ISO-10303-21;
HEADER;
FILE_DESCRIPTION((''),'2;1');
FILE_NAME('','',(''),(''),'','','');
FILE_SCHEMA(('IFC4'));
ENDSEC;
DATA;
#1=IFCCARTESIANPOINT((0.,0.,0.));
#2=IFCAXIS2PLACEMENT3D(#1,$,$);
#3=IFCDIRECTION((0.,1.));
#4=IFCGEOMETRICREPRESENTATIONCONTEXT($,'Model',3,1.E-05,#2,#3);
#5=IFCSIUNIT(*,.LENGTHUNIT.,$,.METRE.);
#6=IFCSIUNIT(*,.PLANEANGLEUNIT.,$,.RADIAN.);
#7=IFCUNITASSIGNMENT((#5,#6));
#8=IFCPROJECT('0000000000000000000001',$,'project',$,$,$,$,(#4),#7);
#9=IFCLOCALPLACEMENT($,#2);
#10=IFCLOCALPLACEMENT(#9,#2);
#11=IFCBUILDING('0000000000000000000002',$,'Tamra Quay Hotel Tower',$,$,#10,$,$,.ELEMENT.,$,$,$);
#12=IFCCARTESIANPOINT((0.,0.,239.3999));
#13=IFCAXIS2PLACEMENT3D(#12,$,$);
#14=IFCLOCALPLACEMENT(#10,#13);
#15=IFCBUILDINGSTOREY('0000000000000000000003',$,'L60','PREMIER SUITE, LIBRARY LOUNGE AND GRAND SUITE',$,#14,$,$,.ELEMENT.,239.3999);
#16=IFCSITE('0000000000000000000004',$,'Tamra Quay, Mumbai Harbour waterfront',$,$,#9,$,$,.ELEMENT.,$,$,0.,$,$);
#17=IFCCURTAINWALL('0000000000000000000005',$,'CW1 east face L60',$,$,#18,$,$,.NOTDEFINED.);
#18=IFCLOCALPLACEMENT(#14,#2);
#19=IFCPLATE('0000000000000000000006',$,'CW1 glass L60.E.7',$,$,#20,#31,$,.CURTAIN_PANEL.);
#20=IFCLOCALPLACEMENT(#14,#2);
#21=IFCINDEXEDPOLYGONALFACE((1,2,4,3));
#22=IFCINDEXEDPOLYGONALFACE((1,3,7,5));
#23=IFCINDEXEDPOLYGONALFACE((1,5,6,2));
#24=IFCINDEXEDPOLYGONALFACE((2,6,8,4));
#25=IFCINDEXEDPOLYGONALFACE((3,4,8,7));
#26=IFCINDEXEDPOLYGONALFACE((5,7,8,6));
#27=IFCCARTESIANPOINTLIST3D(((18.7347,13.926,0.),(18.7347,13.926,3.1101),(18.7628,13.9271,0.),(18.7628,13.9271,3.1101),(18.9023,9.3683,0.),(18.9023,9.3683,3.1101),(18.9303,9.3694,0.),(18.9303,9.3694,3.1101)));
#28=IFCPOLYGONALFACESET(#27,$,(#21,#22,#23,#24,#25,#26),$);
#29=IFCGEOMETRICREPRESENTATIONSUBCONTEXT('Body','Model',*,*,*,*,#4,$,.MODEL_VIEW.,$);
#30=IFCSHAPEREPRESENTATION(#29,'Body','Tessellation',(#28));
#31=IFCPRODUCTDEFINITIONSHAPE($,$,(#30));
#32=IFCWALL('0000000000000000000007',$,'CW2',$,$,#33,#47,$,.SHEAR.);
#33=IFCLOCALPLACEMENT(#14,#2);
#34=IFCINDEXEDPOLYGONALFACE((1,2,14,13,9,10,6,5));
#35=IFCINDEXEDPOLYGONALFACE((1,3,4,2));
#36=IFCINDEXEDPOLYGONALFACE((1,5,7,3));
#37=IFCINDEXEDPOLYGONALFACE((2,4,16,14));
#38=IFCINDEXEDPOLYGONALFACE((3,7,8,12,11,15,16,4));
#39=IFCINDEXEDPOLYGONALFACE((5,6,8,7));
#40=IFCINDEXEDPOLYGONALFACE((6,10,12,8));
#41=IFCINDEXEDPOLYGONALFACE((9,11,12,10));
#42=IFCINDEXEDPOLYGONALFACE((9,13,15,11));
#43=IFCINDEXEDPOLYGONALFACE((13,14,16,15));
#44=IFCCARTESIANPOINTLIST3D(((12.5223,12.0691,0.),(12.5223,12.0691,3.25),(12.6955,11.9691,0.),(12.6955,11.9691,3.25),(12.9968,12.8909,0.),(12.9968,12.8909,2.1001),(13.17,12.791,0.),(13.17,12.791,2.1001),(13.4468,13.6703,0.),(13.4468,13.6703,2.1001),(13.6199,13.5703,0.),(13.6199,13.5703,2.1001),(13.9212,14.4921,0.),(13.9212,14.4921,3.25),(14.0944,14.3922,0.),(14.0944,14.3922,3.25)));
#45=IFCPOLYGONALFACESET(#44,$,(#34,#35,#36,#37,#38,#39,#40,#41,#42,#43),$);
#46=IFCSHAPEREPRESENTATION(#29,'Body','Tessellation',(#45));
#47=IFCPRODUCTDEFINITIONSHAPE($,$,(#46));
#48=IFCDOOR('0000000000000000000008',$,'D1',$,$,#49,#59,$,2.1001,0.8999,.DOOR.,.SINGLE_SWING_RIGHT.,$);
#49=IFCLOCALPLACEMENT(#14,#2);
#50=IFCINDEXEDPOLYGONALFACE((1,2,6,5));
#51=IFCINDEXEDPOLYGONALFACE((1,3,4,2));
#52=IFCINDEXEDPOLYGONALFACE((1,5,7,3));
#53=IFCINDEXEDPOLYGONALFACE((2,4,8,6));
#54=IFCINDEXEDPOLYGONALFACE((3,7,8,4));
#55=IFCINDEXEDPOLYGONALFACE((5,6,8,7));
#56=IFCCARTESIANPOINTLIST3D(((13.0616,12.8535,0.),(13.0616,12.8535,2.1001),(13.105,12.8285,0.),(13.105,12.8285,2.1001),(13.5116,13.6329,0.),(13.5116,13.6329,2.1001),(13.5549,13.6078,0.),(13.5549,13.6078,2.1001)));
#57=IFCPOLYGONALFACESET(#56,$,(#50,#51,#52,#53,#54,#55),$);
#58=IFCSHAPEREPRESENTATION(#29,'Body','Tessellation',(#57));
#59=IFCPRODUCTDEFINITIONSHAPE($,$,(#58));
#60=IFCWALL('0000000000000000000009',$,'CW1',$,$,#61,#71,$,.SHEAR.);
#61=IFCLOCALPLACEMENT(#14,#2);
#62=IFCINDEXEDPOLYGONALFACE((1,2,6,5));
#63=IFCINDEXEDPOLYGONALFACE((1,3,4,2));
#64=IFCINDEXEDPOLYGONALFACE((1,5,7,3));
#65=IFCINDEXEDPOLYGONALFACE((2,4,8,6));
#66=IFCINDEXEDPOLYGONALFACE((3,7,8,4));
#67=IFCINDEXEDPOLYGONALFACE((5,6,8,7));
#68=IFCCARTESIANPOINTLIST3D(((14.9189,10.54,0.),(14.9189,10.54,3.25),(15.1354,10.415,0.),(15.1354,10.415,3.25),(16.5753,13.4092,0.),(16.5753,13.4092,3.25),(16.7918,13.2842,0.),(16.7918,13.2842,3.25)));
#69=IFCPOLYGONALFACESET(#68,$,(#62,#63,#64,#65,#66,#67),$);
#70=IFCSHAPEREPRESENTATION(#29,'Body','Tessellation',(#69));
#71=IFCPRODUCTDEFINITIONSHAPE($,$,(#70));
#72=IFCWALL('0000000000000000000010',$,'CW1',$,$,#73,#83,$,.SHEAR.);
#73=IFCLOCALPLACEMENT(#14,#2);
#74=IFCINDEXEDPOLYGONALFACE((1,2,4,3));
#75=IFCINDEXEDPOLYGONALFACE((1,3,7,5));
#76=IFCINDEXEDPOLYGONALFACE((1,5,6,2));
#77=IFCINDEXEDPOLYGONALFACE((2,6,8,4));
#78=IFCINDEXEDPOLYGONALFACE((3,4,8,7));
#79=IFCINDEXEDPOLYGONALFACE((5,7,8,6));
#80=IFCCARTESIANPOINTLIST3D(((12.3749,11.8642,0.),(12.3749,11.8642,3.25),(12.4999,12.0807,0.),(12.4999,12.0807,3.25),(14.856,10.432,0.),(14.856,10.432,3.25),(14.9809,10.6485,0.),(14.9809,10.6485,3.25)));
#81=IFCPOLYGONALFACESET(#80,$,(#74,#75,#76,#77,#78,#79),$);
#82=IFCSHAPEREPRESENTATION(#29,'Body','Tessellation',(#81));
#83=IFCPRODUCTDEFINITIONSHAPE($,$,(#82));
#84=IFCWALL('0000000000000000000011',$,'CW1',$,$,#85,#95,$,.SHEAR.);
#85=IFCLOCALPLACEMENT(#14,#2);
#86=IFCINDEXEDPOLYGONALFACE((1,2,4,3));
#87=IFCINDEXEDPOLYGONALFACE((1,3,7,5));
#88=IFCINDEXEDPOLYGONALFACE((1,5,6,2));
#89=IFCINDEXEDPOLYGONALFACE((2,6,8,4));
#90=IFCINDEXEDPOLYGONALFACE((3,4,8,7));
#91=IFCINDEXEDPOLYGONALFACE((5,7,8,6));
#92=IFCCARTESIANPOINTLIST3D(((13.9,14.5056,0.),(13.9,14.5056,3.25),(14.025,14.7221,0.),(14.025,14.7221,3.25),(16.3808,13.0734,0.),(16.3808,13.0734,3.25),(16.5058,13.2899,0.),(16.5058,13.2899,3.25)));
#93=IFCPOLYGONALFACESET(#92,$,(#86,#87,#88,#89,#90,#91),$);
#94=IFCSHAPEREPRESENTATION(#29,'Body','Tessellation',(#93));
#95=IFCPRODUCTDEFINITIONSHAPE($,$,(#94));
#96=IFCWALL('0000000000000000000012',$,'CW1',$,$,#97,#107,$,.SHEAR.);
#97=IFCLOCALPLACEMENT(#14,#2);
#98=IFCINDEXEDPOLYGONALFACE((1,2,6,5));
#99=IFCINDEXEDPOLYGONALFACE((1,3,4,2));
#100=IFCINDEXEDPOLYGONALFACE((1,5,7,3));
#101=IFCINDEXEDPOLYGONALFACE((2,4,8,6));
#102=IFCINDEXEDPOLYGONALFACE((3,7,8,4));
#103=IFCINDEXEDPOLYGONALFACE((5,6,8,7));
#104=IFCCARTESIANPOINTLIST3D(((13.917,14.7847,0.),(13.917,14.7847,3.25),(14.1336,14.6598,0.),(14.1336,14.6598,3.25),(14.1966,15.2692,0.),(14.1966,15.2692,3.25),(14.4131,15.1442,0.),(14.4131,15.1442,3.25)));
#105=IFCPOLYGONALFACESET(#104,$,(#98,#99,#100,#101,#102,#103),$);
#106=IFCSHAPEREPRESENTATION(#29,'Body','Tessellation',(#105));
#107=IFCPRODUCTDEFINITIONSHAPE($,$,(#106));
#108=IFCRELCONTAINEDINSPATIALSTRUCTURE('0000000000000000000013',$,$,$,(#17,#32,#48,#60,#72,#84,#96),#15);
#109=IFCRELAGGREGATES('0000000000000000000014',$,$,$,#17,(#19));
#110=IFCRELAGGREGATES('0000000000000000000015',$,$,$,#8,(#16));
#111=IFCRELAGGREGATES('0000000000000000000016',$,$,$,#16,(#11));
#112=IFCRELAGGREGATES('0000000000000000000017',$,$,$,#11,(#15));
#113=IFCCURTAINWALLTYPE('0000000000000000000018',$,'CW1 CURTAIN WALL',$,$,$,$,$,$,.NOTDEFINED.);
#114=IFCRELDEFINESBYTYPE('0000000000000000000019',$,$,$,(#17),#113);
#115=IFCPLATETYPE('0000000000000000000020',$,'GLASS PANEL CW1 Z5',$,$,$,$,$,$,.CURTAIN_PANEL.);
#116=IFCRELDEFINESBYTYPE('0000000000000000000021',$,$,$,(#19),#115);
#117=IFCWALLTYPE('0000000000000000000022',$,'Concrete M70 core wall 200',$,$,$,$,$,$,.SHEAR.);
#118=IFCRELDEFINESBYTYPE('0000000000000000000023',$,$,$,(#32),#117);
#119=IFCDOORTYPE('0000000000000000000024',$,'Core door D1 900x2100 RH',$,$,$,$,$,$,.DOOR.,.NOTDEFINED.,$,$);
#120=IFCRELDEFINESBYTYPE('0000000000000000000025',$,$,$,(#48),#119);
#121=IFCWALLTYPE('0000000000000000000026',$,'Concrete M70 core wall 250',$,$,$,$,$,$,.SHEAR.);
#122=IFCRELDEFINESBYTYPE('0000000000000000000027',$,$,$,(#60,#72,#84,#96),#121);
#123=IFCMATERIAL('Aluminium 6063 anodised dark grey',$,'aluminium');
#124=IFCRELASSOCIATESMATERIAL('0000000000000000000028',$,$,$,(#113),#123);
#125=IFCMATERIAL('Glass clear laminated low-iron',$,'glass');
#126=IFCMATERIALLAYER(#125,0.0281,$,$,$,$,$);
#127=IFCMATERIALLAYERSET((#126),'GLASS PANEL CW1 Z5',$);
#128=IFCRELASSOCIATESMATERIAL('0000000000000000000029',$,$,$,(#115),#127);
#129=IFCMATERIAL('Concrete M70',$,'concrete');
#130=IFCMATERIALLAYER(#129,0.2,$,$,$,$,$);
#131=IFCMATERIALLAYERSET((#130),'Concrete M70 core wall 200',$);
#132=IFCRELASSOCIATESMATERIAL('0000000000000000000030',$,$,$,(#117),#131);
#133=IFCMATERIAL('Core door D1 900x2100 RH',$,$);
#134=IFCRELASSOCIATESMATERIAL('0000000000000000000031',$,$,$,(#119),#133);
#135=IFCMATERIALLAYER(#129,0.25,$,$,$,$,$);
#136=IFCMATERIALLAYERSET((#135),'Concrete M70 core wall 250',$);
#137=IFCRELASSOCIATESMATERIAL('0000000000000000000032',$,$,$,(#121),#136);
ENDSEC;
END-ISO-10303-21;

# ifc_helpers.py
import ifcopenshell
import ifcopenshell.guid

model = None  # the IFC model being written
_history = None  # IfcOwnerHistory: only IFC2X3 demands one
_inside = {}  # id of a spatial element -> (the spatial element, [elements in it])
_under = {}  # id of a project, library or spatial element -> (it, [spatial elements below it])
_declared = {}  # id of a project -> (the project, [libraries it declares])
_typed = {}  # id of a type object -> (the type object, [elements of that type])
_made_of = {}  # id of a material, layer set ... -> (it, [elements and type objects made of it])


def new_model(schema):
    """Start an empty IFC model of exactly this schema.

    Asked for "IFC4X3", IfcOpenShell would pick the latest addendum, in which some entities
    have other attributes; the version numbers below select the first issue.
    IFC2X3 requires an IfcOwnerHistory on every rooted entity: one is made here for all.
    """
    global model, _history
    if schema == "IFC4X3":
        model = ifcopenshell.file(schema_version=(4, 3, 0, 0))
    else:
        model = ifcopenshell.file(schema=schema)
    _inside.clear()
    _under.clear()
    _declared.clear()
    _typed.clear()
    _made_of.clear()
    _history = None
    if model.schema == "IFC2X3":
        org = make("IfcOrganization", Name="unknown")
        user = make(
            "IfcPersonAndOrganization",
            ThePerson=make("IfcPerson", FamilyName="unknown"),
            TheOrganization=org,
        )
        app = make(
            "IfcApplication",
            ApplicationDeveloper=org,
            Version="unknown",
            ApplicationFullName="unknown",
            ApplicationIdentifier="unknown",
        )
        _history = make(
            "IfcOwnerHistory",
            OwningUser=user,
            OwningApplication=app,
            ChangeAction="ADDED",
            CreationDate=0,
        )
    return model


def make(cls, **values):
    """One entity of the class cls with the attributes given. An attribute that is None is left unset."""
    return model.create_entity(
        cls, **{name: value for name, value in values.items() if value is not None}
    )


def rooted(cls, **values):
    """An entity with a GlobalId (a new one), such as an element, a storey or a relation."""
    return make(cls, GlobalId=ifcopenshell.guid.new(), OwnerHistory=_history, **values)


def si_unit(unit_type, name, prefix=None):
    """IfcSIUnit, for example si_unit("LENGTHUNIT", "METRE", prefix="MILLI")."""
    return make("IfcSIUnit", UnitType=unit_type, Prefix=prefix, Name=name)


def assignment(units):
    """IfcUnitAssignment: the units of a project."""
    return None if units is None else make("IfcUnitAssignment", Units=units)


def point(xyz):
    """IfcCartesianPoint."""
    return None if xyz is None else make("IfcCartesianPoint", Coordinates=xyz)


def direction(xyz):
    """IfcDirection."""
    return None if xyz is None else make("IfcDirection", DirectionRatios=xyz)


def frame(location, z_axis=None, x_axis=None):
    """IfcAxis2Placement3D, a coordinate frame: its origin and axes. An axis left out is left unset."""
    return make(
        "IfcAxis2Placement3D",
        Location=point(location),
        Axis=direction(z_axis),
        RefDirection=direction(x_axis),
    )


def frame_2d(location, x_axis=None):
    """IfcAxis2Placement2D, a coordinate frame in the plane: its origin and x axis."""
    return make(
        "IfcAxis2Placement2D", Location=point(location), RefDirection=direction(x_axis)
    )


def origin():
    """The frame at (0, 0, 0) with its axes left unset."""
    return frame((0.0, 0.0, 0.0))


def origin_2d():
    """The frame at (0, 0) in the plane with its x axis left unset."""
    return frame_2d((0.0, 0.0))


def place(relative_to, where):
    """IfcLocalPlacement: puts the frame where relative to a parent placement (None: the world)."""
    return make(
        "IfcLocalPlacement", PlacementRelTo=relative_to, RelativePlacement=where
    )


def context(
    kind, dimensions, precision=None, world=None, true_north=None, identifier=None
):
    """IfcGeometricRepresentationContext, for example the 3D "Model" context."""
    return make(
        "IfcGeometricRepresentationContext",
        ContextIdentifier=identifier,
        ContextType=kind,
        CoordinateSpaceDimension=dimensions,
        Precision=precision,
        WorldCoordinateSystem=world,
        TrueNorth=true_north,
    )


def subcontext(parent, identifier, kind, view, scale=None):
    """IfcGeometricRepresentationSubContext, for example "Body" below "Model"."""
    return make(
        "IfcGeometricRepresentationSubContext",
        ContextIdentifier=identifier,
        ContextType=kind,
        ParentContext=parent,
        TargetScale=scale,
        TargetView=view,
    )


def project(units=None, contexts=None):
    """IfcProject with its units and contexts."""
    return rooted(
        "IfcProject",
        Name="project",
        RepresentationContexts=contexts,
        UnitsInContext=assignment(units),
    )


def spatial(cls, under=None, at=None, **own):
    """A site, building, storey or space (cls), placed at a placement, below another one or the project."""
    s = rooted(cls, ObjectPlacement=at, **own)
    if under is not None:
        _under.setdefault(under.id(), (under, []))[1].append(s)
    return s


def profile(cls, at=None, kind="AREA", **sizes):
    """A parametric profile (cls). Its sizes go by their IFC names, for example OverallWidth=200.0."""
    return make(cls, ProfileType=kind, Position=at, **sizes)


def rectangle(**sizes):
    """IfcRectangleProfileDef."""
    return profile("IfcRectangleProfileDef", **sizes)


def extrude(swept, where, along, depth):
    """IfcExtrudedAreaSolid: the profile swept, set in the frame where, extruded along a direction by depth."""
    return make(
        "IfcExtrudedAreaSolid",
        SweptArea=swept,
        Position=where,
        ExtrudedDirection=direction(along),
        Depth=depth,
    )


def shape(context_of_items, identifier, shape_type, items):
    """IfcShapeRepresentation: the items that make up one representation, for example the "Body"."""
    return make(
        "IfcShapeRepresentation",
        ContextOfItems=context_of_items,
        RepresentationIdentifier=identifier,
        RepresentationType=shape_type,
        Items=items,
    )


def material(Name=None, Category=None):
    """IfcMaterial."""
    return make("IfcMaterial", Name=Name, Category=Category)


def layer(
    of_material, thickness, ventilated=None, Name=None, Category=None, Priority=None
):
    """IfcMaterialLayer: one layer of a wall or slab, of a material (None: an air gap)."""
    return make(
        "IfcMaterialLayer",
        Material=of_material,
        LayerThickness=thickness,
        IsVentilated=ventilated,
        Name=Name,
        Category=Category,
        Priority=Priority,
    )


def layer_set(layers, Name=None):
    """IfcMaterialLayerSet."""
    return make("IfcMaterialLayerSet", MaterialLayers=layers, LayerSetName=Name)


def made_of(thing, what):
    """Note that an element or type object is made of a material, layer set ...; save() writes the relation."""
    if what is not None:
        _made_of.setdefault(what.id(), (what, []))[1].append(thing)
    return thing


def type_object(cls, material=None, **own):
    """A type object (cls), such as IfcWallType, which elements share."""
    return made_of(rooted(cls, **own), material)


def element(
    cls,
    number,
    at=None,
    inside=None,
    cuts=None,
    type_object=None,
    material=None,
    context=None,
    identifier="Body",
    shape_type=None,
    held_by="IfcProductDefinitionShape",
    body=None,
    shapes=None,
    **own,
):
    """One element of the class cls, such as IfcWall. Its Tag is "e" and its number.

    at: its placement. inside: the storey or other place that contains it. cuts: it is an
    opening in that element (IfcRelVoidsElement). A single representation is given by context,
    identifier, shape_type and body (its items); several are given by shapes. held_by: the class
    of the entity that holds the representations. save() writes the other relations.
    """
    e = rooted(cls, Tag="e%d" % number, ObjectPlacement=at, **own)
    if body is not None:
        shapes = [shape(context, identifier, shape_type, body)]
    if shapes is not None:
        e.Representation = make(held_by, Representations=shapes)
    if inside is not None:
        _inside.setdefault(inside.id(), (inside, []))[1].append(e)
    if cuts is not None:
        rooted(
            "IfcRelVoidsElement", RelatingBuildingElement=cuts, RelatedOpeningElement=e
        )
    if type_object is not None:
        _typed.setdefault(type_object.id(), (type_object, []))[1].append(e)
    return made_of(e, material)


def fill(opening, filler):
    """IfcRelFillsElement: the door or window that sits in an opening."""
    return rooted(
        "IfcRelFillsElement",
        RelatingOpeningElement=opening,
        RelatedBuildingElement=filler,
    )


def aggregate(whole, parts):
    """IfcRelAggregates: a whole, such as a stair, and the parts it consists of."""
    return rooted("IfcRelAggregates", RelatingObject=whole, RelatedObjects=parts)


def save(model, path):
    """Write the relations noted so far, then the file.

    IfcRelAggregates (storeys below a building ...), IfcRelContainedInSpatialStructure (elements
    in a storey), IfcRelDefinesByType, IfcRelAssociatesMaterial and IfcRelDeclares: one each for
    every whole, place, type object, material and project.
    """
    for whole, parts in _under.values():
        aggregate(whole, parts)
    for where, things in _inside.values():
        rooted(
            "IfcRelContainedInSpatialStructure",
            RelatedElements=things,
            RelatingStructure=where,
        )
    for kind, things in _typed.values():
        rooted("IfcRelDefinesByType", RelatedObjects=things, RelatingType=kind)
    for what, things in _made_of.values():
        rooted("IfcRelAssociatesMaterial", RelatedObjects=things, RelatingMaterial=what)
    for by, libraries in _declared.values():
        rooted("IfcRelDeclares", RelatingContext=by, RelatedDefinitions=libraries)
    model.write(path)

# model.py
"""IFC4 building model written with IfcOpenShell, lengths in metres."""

from ifc_helpers import new_model, si_unit, direction, frame, frame_2d, origin, origin_2d, place, context, subcontext, project, spatial, rectangle, extrude, material, layer, layer_set, type_object, element, fill, aggregate, save


model = new_model("IFC4")

# Units and contexts
model_context = context("Model", 3, precision=1e-05, world=origin(), true_north=direction((0.0, 1.0)))
body_context = subcontext(model_context, "Body", "Model", "MODEL_VIEW")
ifc_project = project(units=[si_unit("LENGTHUNIT", "METRE"), si_unit("PLANEANGLEUNIT", "RADIAN")], contexts=[model_context])

# Site, building, storey
site_placement = place(None, origin())
site = spatial("IfcSite", under=ifc_project, at=site_placement, Name="Tamra Quay, Mumbai Harbour waterfront", CompositionType="ELEMENT", RefElevation=0.0)
building_placement = place(site_placement, origin())
building = spatial("IfcBuilding", under=site, at=building_placement, Name="Tamra Quay Hotel Tower", CompositionType="ELEMENT")
storey_placement = place(building_placement, frame((0.0, 0.0, 239.3999)))
storey = spatial("IfcBuildingStorey", under=building, at=storey_placement, Name="L60", Description="PREMIER SUITE, LIBRARY LOUNGE AND GRAND SUITE", CompositionType="ELEMENT", Elevation=239.3999)

# Shared definitions
ifc_material_1 = material(Name="Concrete M70", Category="concrete")

# Curtain wall
ifc_material_2 = material(Name="Aluminium 6063 anodised dark grey", Category="aluminium")
curtain_wall_type = type_object("IfcCurtainWallType", Name="CW1 CURTAIN WALL", PredefinedType="NOTDEFINED", material=ifc_material_2)
curtain_wall_placement = place(storey_placement, origin())
curtain_wall = element("IfcCurtainWall", 1, at=curtain_wall_placement, inside=storey, type_object=curtain_wall_type, Name="CW1 east face L60", PredefinedType="NOTDEFINED")

# Plate
ifc_material_3 = material(Name="Glass clear laminated low-iron", Category="glass")
ifc_layer_1 = layer(ifc_material_3, 0.0281)
ifc_layer_set_1 = layer_set([ifc_layer_1], Name="GLASS PANEL CW1 Z5")
plate_type = type_object("IfcPlateType", Name="GLASS PANEL CW1 Z5", PredefinedType="CURTAIN_PANEL", material=ifc_layer_set_1)
plate_1_placement = place(storey_placement, frame((18.8325, 11.6477, 0.0), z_axis=(0.0, 0.0, 1.0), x_axis=(-0.036744, 0.999325, 0.0)))
plate_1 = element("IfcPlate", 2, at=plate_1_placement, type_object=plate_type, Name="CW1 glass L60.E.7", PredefinedType="CURTAIN_PANEL", context=body_context, shape_type="SweptSolid", body=[
    extrude(rectangle(XDim=4.5608, YDim=0.0281, at=origin_2d()), origin(), (0.0, 0.0, 1.0), 3.1101),
])
aggregate(curtain_wall, [plate_1])

# Wall, opening, door
ifc_layer_2 = layer(ifc_material_1, 0.2)
ifc_layer_set_2 = layer_set([ifc_layer_2], Name="Concrete M70 core wall 200")
wall_type_1 = type_object("IfcWallType", Name="Concrete M70 core wall 200", PredefinedType="SHEAR", material=ifc_layer_set_2)
wall_1_placement = place(storey_placement, frame((14.0078, 14.4421, 0.0), z_axis=(0.0, 0.0, 1.0), x_axis=(-0.499987, -0.866033, 0.0)))
wall_1 = element("IfcWall", 3, at=wall_1_placement, inside=storey, type_object=wall_type_1, Name="CW2", PredefinedType="SHEAR", context=body_context, shape_type="SweptSolid", body=[
    extrude(rectangle(XDim=2.7979, YDim=0.2, at=frame_2d((1.3989, 0.0))), origin(), (0.0, 0.0, 1.0), 3.25),
])
opening_placement = place(wall_1_placement, frame((0.949, 0.0, 0.0)))
opening = element("IfcOpeningElement", 4, at=opening_placement, cuts=wall_1, PredefinedType="OPENING", context=body_context, shape_type="SweptSolid", body=[
    extrude(rectangle(XDim=0.8999, YDim=2.1001, at=frame_2d((0.45, 1.05))), frame((0.0, 0.1099, 0.0), z_axis=(0.0, -1.0, 0.0), x_axis=(1.0, 0.0, 0.0)), (0.0, 0.0, 1.0), 0.22),
])
ifc_material_4 = material(Name="Core door D1 900x2100 RH")
door_type = type_object("IfcDoorType", Name="Core door D1 900x2100 RH", OperationType="NOTDEFINED", PredefinedType="DOOR", material=ifc_material_4)
door_placement = place(opening_placement, origin())
door = element("IfcDoor", 5, at=door_placement, inside=storey, type_object=door_type, Name="D1", OperationType="SINGLE_SWING_RIGHT", OverallHeight=2.1001, OverallWidth=0.8999, PredefinedType="DOOR", context=body_context, shape_type="SweptSolid", body=[
    extrude(rectangle(XDim=0.8999, YDim=2.1001, at=frame_2d((0.45, 1.05))), frame((0.0, 0.0249, 0.0), z_axis=(0.0, -1.0, 0.0), x_axis=(1.0, 0.0, 0.0)), (0.0, 0.0, 1.0), 0.05),
])
fill(opening, door)

# Walls
ifc_layer_3 = layer(ifc_material_1, 0.25)
ifc_layer_set_3 = layer_set([ifc_layer_3], Name="Concrete M70 core wall 250")
wall_type_2 = type_object("IfcWallType", Name="Concrete M70 core wall 250", PredefinedType="SHEAR", material=ifc_layer_set_3)
wall_2_placement = place(storey_placement, frame((16.6836, 13.3467, 0.0), z_axis=(0.0, 0.0, 1.0), x_axis=(-0.499999, -0.866026, 0.0)))
element("IfcWall", 6, at=wall_2_placement, inside=storey, type_object=wall_type_2, Name="CW1", PredefinedType="SHEAR", context=body_context, shape_type="SweptSolid", body=[
    extrude(rectangle(XDim=3.313, YDim=0.25, at=frame_2d((1.6565, 0.0))), origin(), (0.0, 0.0, 1.0), 3.25),
])
wall_3_placement = place(storey_placement, frame((14.9185, 10.5403, 0.0), z_axis=(0.0, 0.0, 1.0), x_axis=(-0.866064, 0.499934, 0.0)))
element("IfcWall", 7, at=wall_3_placement, inside=storey, type_object=wall_type_2, Name="CW1", PredefinedType="SHEAR", context=body_context, shape_type="SweptSolid", body=[
    extrude(rectangle(XDim=2.8647, YDim=0.25, at=frame_2d((1.4324, 0.0))), origin(), (0.0, 0.0, 1.0), 3.25),
])
wall_4_placement = place(storey_placement, frame((13.9626, 14.6138, 0.0), z_axis=(0.0, 0.0, 1.0), x_axis=(0.866042, -0.499971, 0.0)))
element("IfcWall", 8, at=wall_4_placement, inside=storey, type_object=wall_type_2, Name="CW1", PredefinedType="SHEAR", context=body_context, shape_type="SweptSolid", body=[
    extrude(rectangle(XDim=2.8645, YDim=0.25, at=frame_2d((1.4321, 0.0))), origin(), (0.0, 0.0, 1.0), 3.25),
])
wall_5_placement = place(storey_placement, frame((14.3049, 15.2068, 0.0), z_axis=(0.0, 0.0, 1.0), x_axis=(-0.499848, -0.866113, 0.0)))
element("IfcWall", 9, at=wall_5_placement, inside=storey, type_object=wall_type_2, Name="CW1", PredefinedType="SHEAR", context=body_context, shape_type="SweptSolid", body=[
    extrude(rectangle(XDim=0.5593, YDim=0.25, at=frame_2d((0.2798, 0.0))), origin(), (0.0, 0.0, 1.0), 3.25),
])

save(model, "model.ifc")
